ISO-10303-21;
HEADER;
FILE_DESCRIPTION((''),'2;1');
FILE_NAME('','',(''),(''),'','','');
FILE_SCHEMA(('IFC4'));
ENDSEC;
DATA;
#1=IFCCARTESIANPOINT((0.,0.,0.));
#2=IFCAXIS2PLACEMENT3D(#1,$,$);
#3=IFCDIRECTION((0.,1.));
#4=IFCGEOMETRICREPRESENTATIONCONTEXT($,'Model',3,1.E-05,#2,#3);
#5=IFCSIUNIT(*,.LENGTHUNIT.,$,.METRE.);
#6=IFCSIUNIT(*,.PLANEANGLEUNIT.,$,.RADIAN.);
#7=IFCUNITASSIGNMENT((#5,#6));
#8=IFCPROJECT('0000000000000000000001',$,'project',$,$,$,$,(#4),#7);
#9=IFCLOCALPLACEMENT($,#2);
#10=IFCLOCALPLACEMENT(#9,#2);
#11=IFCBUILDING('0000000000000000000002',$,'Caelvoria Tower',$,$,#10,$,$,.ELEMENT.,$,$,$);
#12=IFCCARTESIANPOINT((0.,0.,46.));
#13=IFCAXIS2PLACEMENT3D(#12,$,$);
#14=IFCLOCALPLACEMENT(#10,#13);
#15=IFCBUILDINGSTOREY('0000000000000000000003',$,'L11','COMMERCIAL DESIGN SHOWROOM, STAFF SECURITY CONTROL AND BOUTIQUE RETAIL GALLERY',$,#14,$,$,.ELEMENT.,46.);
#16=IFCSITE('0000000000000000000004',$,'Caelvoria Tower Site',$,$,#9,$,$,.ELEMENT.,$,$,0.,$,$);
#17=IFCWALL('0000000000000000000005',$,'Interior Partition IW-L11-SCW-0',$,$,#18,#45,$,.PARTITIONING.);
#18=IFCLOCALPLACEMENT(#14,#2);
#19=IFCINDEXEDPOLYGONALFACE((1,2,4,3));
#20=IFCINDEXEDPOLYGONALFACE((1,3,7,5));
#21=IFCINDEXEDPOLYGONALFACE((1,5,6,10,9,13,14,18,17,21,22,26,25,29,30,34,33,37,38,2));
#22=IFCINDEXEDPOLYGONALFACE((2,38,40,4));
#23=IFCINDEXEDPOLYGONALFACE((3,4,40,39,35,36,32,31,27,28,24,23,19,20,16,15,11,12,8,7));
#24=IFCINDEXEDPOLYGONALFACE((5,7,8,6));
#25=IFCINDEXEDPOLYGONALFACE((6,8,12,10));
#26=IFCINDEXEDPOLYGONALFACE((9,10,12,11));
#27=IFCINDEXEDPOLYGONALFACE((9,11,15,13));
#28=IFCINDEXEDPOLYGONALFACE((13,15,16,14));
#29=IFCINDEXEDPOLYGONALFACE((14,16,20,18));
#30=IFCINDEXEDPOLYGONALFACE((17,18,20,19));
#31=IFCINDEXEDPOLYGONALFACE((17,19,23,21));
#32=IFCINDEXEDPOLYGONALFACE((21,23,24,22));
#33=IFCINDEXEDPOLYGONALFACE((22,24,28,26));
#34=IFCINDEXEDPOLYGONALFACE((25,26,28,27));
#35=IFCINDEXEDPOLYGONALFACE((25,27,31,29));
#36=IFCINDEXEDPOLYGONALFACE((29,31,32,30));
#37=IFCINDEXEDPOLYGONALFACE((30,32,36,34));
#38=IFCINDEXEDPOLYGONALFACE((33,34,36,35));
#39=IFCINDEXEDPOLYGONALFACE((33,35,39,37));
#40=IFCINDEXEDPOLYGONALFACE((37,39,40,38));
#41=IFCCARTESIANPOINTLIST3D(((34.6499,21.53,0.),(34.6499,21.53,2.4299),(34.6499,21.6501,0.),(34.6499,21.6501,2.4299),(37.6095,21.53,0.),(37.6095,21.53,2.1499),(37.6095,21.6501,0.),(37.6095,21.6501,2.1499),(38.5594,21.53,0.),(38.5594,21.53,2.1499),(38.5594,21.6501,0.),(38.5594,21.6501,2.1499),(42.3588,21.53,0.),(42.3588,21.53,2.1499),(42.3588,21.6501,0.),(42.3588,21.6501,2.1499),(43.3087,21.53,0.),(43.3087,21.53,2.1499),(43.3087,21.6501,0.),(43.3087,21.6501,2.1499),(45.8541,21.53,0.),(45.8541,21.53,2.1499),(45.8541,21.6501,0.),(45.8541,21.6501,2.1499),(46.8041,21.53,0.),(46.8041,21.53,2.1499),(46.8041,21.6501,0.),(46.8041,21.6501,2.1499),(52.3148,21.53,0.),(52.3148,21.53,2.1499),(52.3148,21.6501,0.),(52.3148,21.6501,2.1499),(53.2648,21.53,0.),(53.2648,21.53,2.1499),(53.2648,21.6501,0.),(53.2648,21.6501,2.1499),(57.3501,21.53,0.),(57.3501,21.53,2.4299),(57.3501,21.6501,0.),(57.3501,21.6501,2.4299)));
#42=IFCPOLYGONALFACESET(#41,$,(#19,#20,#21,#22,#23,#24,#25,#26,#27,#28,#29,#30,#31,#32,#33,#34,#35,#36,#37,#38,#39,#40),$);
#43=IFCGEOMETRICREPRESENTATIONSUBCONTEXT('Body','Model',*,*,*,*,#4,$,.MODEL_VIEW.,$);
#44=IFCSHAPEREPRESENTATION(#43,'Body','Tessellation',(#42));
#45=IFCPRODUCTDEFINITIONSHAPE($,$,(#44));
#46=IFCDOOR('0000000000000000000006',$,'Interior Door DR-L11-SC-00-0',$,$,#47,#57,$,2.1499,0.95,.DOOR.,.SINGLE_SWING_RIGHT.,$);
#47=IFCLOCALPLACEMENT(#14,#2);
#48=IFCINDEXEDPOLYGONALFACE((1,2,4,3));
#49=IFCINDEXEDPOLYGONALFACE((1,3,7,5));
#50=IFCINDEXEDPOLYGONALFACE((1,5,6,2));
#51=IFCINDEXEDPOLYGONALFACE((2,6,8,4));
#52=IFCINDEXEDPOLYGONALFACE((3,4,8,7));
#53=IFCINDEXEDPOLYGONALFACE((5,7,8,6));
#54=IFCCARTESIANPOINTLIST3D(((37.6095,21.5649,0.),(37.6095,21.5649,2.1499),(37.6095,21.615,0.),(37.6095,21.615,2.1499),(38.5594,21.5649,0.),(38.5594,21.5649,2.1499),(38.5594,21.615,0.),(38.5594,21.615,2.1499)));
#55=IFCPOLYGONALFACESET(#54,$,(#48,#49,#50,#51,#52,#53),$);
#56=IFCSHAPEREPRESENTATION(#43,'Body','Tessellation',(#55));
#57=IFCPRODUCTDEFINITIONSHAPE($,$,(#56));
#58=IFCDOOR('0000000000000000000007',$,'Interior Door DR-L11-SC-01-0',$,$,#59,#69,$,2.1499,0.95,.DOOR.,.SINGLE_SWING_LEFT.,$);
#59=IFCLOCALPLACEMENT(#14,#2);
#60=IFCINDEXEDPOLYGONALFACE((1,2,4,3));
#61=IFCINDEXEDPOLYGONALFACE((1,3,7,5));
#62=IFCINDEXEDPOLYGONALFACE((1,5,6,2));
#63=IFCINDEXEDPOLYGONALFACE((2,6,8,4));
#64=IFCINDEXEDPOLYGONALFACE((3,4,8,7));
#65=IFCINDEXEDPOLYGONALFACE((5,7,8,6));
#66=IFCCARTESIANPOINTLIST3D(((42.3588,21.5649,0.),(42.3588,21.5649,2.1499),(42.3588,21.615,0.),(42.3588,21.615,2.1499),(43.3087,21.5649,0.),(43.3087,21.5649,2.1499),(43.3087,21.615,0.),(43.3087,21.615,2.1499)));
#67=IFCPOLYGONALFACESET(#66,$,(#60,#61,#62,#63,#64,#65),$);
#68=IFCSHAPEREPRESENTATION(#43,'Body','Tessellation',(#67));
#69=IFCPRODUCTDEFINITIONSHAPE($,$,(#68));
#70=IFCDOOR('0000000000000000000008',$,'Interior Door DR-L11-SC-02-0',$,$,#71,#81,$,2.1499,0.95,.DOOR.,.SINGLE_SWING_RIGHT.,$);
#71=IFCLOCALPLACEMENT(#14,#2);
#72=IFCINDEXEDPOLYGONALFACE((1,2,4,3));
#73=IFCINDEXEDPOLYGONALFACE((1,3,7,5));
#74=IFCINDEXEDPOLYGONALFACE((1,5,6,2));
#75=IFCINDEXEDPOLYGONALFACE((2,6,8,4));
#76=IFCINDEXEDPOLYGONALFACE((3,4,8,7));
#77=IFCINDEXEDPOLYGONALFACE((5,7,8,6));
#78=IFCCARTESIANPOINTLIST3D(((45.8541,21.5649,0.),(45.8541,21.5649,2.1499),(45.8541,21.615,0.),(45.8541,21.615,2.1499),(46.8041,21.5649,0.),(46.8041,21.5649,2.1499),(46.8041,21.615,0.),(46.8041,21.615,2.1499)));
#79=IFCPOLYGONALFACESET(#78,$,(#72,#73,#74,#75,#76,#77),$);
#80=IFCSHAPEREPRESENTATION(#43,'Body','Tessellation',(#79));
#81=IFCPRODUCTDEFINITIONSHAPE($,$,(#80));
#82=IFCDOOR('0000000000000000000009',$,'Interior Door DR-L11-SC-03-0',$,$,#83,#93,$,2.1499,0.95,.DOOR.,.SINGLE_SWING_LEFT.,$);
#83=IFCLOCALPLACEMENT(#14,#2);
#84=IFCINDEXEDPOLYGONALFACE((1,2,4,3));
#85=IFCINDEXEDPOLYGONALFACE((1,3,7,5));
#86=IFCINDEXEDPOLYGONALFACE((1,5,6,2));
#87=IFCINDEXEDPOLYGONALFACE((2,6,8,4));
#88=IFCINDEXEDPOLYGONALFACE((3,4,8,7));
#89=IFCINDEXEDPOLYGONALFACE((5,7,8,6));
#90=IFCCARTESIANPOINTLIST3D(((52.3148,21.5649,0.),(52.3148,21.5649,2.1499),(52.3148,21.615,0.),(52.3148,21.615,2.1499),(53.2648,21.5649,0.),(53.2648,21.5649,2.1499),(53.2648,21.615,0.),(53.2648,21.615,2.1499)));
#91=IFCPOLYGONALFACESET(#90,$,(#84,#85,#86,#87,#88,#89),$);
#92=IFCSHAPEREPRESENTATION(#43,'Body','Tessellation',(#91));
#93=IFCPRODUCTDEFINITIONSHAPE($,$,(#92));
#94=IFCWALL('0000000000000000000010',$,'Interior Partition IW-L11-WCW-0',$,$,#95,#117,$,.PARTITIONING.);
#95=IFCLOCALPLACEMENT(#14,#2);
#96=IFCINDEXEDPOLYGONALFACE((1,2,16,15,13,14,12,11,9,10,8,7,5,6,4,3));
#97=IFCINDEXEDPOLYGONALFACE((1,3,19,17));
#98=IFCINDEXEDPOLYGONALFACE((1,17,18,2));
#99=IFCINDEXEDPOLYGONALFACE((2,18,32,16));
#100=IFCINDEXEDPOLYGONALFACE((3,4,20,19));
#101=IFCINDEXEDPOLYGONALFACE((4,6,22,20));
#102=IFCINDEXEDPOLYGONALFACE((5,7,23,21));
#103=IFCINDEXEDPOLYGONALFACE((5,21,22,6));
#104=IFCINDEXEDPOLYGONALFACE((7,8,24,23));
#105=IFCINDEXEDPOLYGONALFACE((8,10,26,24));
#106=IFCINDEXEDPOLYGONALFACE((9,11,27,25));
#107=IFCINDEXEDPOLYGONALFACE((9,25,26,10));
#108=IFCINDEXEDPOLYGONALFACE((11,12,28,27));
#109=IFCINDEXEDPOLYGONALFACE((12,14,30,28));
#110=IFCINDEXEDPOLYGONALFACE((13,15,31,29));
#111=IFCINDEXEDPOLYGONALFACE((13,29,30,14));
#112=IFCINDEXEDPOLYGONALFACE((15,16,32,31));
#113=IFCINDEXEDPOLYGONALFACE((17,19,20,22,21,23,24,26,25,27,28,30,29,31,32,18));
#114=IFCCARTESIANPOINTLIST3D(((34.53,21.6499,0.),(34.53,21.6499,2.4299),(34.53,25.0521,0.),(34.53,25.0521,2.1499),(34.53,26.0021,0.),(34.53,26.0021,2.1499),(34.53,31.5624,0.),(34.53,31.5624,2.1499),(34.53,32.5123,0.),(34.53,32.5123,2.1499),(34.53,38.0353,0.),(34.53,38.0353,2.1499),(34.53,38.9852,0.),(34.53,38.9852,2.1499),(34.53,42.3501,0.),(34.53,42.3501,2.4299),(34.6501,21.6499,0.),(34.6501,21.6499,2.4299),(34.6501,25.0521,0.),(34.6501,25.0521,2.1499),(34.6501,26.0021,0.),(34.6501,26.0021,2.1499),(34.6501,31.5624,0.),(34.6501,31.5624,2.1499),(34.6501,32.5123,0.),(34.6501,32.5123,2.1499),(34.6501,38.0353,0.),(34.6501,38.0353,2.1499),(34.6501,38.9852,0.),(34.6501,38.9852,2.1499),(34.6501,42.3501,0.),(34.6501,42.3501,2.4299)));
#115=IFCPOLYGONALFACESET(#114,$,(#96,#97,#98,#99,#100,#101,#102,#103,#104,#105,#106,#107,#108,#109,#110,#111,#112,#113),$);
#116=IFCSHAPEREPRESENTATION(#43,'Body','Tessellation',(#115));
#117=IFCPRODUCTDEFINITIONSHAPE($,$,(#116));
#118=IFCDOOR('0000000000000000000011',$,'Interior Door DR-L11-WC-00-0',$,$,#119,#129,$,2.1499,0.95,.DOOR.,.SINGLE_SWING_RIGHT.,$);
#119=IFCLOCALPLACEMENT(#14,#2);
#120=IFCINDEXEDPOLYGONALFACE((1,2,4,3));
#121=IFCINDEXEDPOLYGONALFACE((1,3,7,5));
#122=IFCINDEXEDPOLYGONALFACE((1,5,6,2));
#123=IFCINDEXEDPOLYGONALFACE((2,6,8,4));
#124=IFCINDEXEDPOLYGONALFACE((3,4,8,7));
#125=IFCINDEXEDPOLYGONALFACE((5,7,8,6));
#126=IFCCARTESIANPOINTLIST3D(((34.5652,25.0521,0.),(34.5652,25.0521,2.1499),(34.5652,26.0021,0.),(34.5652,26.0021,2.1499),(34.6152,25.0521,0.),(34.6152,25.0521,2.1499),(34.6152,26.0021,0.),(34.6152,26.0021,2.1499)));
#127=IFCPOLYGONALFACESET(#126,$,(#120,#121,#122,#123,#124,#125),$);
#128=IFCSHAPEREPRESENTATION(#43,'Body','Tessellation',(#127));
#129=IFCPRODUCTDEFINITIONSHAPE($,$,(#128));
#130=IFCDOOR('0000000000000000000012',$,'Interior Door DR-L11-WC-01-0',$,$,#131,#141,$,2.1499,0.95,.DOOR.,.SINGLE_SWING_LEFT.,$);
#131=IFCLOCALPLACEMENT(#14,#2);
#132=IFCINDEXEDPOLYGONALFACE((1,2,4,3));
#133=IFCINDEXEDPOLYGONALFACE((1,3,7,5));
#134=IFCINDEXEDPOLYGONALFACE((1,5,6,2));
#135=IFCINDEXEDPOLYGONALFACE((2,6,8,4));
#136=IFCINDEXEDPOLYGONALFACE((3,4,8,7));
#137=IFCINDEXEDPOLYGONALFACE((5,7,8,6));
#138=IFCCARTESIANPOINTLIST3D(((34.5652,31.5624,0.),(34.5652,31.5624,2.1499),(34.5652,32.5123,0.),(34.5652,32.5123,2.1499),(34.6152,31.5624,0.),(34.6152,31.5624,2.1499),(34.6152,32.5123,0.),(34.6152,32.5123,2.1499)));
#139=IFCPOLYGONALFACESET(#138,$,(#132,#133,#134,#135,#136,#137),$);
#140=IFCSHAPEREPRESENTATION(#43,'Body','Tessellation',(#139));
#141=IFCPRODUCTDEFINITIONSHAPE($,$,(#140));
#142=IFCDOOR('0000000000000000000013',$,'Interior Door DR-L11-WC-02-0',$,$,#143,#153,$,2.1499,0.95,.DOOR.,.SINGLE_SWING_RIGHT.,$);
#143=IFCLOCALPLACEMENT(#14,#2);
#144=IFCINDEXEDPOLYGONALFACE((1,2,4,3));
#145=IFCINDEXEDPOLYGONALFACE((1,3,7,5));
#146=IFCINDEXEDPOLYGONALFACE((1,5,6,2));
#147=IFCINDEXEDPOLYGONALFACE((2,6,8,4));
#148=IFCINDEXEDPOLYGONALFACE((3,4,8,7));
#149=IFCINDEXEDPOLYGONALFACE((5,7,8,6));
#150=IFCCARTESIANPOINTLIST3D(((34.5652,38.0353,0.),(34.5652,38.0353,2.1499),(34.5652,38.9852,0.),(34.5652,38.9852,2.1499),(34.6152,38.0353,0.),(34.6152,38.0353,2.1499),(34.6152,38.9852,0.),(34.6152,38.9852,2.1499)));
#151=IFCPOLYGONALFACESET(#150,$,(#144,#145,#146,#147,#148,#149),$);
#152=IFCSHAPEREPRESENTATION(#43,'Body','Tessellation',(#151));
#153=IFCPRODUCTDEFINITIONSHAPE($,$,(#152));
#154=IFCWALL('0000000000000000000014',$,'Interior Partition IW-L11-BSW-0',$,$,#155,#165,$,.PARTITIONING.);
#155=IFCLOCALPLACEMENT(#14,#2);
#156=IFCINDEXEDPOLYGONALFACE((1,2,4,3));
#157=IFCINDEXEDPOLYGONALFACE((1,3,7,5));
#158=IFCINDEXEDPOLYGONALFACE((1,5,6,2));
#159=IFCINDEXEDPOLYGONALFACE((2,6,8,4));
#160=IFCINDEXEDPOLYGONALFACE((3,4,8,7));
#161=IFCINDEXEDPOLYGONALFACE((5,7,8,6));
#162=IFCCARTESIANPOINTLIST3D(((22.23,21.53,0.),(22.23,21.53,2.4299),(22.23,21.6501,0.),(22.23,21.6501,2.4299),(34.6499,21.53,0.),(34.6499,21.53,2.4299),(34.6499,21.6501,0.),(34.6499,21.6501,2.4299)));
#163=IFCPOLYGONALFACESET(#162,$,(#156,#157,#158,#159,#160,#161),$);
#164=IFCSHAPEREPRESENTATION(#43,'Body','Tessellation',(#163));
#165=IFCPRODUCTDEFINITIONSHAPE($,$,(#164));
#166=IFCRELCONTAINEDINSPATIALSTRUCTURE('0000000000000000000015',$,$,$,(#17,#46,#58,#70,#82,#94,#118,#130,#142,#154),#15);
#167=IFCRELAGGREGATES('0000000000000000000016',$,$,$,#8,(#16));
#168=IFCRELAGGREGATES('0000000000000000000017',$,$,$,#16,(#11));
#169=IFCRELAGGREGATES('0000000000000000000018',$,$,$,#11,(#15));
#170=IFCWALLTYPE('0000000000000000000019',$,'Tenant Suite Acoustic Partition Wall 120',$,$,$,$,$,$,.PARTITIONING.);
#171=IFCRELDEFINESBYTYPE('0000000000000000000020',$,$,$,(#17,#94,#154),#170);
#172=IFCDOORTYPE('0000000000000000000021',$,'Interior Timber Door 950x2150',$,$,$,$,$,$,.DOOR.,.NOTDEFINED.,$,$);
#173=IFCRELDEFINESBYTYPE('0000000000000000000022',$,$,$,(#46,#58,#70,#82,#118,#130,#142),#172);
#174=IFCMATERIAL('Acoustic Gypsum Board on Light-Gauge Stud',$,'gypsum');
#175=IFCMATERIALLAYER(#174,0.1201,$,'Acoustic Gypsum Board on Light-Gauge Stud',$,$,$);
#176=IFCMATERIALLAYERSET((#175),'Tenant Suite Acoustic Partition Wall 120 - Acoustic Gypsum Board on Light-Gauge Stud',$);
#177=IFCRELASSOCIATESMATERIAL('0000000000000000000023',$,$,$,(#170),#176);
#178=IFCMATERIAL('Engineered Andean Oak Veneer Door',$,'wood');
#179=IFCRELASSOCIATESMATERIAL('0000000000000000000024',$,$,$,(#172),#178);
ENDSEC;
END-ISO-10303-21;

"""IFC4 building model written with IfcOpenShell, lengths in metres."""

from ifc_helpers import new_model, si_unit, direction, frame, frame_2d, origin, place, context, subcontext, project, spatial, rectangle, extrude, material, layer, layer_set, type_object, element, fill, save


model = new_model("IFC4")

# Units and contexts
model_context = context("Model", 3, precision=1e-05, world=origin(), true_north=direction((0.0, 1.0)))
body_context = subcontext(model_context, "Body", "Model", "MODEL_VIEW")
ifc_project = project(units=[si_unit("LENGTHUNIT", "METRE"), si_unit("PLANEANGLEUNIT", "RADIAN")], contexts=[model_context])

# Site, building, storey
site_placement = place(None, origin())
site = spatial("IfcSite", under=ifc_project, at=site_placement, Name="Caelvoria Tower Site", CompositionType="ELEMENT", RefElevation=0.0)
building_placement = place(site_placement, origin())
building = spatial("IfcBuilding", under=site, at=building_placement, Name="Caelvoria Tower", CompositionType="ELEMENT")
storey_placement = place(building_placement, frame((0.0, 0.0, 46.0)))
storey = spatial("IfcBuildingStorey", under=building, at=storey_placement, Name="L11", Description="COMMERCIAL DESIGN SHOWROOM, STAFF SECURITY CONTROL AND BOUTIQUE RETAIL GALLERY", CompositionType="ELEMENT", Elevation=46.0)

# Shared definitions
ifc_material_1 = material(Name="Acoustic Gypsum Board on Light-Gauge Stud", Category="gypsum")
ifc_layer_1 = layer(ifc_material_1, 0.1201, Name="Acoustic Gypsum Board on Light-Gauge Stud")
ifc_layer_set_1 = layer_set([ifc_layer_1], Name="Tenant Suite Acoustic Partition Wall 120 - Acoustic Gypsum Board on Light-Gauge Stud")
wall_type_1 = type_object("IfcWallType", Name="Tenant Suite Acoustic Partition Wall 120", PredefinedType="PARTITIONING", material=ifc_layer_set_1)
ifc_material_2 = material(Name="Engineered Andean Oak Veneer Door", Category="wood")

# Walls, openings, doors
wall_1_placement = place(storey_placement, frame((34.6499, 21.5901, 0.0), z_axis=(0.0, 0.0, 1.0), x_axis=(1.0, 0.0, 0.0)))
wall_1 = element("IfcWall", 1, at=wall_1_placement, inside=storey, type_object=wall_type_1, Name="Interior Partition IW-L11-SCW-0", PredefinedType="PARTITIONING", context=body_context, shape_type="SweptSolid", body=[
    extrude(rectangle(XDim=22.7002, YDim=0.1201, at=frame_2d((11.3501, 0.0))), origin(), (0.0, 0.0, 1.0), 2.4299),
])
opening_1_placement = place(wall_1_placement, frame((2.9595, 0.0, 0.0)))
opening_1 = element("IfcOpeningElement", 2, at=opening_1_placement, cuts=wall_1, PredefinedType="OPENING", context=body_context, shape_type="SweptSolid", body=[
    extrude(rectangle(XDim=0.95, YDim=2.1499, at=frame_2d((0.4751, 1.075))), frame((0.0, 0.0701, 0.0), z_axis=(0.0, -1.0, 0.0), x_axis=(1.0, 0.0, 0.0)), (0.0, 0.0, 1.0), 0.1401),
])
opening_2_placement = place(wall_1_placement, frame((7.7087, 0.0, 0.0)))
opening_2 = element("IfcOpeningElement", 3, at=opening_2_placement, cuts=wall_1, PredefinedType="OPENING", context=body_context, shape_type="SweptSolid", body=[
    extrude(rectangle(XDim=0.95, YDim=2.1499, at=frame_2d((0.4751, 1.075))), frame((0.0, 0.0701, 0.0), z_axis=(0.0, -1.0, 0.0), x_axis=(1.0, 0.0, 0.0)), (0.0, 0.0, 1.0), 0.1401),
])
opening_3_placement = place(wall_1_placement, frame((11.2041, 0.0, 0.0)))
opening_3 = element("IfcOpeningElement", 4, at=opening_3_placement, cuts=wall_1, PredefinedType="OPENING", context=body_context, shape_type="SweptSolid", body=[
    extrude(rectangle(XDim=0.95, YDim=2.1499, at=frame_2d((0.4751, 1.075))), frame((0.0, 0.0701, 0.0), z_axis=(0.0, -1.0, 0.0), x_axis=(1.0, 0.0, 0.0)), (0.0, 0.0, 1.0), 0.1401),
])
opening_4_placement = place(wall_1_placement, frame((17.6648, 0.0, 0.0)))
opening_4 = element("IfcOpeningElement", 5, at=opening_4_placement, cuts=wall_1, PredefinedType="OPENING", context=body_context, shape_type="SweptSolid", body=[
    extrude(rectangle(XDim=0.95, YDim=2.1499, at=frame_2d((0.4751, 1.075))), frame((0.0, 0.0701, 0.0), z_axis=(0.0, -1.0, 0.0), x_axis=(1.0, 0.0, 0.0)), (0.0, 0.0, 1.0), 0.1401),
])
door_type_1 = type_object("IfcDoorType", Name="Interior Timber Door 950x2150", OperationType="NOTDEFINED", PredefinedType="DOOR", material=ifc_material_2)
door_1_placement = place(opening_1_placement, origin())
door_1 = element("IfcDoor", 6, at=door_1_placement, inside=storey, type_object=door_type_1, Name="Interior Door DR-L11-SC-00-0", OperationType="SINGLE_SWING_RIGHT", OverallHeight=2.1499, OverallWidth=0.95, PredefinedType="DOOR", context=body_context, shape_type="SweptSolid", body=[
    extrude(rectangle(XDim=0.95, YDim=2.1499, at=frame_2d((0.4751, 1.075))), frame((0.0, 0.0249, 0.0), z_axis=(0.0, -1.0, 0.0), x_axis=(1.0, 0.0, 0.0)), (0.0, 0.0, 1.0), 0.05),
])
fill(opening_1, door_1)
door_2_placement = place(opening_2_placement, origin())
door_2 = element("IfcDoor", 7, at=door_2_placement, inside=storey, type_object=door_type_1, Name="Interior Door DR-L11-SC-01-0", OperationType="SINGLE_SWING_LEFT", OverallHeight=2.1499, OverallWidth=0.95, PredefinedType="DOOR", context=body_context, shape_type="SweptSolid", body=[
    extrude(rectangle(XDim=0.95, YDim=2.1499, at=frame_2d((0.4751, 1.075))), frame((0.0, 0.0249, 0.0), z_axis=(0.0, -1.0, 0.0), x_axis=(1.0, 0.0, 0.0)), (0.0, 0.0, 1.0), 0.05),
])
fill(opening_2, door_2)
door_3_placement = place(opening_3_placement, origin())
door_3 = element("IfcDoor", 8, at=door_3_placement, inside=storey, type_object=door_type_1, Name="Interior Door DR-L11-SC-02-0", OperationType="SINGLE_SWING_RIGHT", OverallHeight=2.1499, OverallWidth=0.95, PredefinedType="DOOR", context=body_context, shape_type="SweptSolid", body=[
    extrude(rectangle(XDim=0.95, YDim=2.1499, at=frame_2d((0.4751, 1.075))), frame((0.0, 0.0249, 0.0), z_axis=(0.0, -1.0, 0.0), x_axis=(1.0, 0.0, 0.0)), (0.0, 0.0, 1.0), 0.05),
])
fill(opening_3, door_3)
door_4_placement = place(opening_4_placement, origin())
door_4 = element("IfcDoor", 9, at=door_4_placement, inside=storey, type_object=door_type_1, Name="Interior Door DR-L11-SC-03-0", OperationType="SINGLE_SWING_LEFT", OverallHeight=2.1499, OverallWidth=0.95, PredefinedType="DOOR", context=body_context, shape_type="SweptSolid", body=[
    extrude(rectangle(XDim=0.95, YDim=2.1499, at=frame_2d((0.4751, 1.075))), frame((0.0, 0.0249, 0.0), z_axis=(0.0, -1.0, 0.0), x_axis=(1.0, 0.0, 0.0)), (0.0, 0.0, 1.0), 0.05),
])
fill(opening_4, door_4)
wall_2_placement = place(storey_placement, frame((34.5901, 21.6499, 0.0), z_axis=(0.0, 0.0, 1.0), x_axis=(0.0, 1.0, 0.0)))
wall_2 = element("IfcWall", 10, at=wall_2_placement, inside=storey, type_object=wall_type_1, Name="Interior Partition IW-L11-WCW-0", PredefinedType="PARTITIONING", context=body_context, shape_type="SweptSolid", body=[
    extrude(rectangle(XDim=20.7002, YDim=0.1201, at=frame_2d((10.3501, 0.0))), origin(), (0.0, 0.0, 1.0), 2.4299),
])
opening_5_placement = place(wall_2_placement, frame((3.4021, 0.0, 0.0)))
opening_5 = element("IfcOpeningElement", 11, at=opening_5_placement, cuts=wall_2, PredefinedType="OPENING", context=body_context, shape_type="SweptSolid", body=[
    extrude(rectangle(XDim=0.95, YDim=2.1499, at=frame_2d((0.4751, 1.075))), frame((0.0, 0.0701, 0.0), z_axis=(0.0, -1.0, 0.0), x_axis=(1.0, 0.0, 0.0)), (0.0, 0.0, 1.0), 0.1401),
])
opening_6_placement = place(wall_2_placement, frame((9.9124, 0.0, 0.0)))
opening_6 = element("IfcOpeningElement", 12, at=opening_6_placement, cuts=wall_2, PredefinedType="OPENING", context=body_context, shape_type="SweptSolid", body=[
    extrude(rectangle(XDim=0.95, YDim=2.1499, at=frame_2d((0.4751, 1.075))), frame((0.0, 0.0701, 0.0), z_axis=(0.0, -1.0, 0.0), x_axis=(1.0, 0.0, 0.0)), (0.0, 0.0, 1.0), 0.1401),
])
opening_7_placement = place(wall_2_placement, frame((16.3853, 0.0, 0.0)))
opening_7 = element("IfcOpeningElement", 13, at=opening_7_placement, cuts=wall_2, PredefinedType="OPENING", context=body_context, shape_type="SweptSolid", body=[
    extrude(rectangle(XDim=0.95, YDim=2.1499, at=frame_2d((0.4751, 1.075))), frame((0.0, 0.0701, 0.0), z_axis=(0.0, -1.0, 0.0), x_axis=(1.0, 0.0, 0.0)), (0.0, 0.0, 1.0), 0.1401),
])
door_5_placement = place(opening_5_placement, origin())
door_5 = element("IfcDoor", 14, at=door_5_placement, inside=storey, type_object=door_type_1, Name="Interior Door DR-L11-WC-00-0", OperationType="SINGLE_SWING_RIGHT", OverallHeight=2.1499, OverallWidth=0.95, PredefinedType="DOOR", context=body_context, shape_type="SweptSolid", body=[
    extrude(rectangle(XDim=0.95, YDim=2.1499, at=frame_2d((0.4751, 1.075))), frame((0.0, 0.0249, 0.0), z_axis=(0.0, -1.0, 0.0), x_axis=(1.0, 0.0, 0.0)), (0.0, 0.0, 1.0), 0.05),
])
fill(opening_5, door_5)
door_6_placement = place(opening_6_placement, origin())
door_6 = element("IfcDoor", 15, at=door_6_placement, inside=storey, type_object=door_type_1, Name="Interior Door DR-L11-WC-01-0", OperationType="SINGLE_SWING_LEFT", OverallHeight=2.1499, OverallWidth=0.95, PredefinedType="DOOR", context=body_context, shape_type="SweptSolid", body=[
    extrude(rectangle(XDim=0.95, YDim=2.1499, at=frame_2d((0.4751, 1.075))), frame((0.0, 0.0249, 0.0), z_axis=(0.0, -1.0, 0.0), x_axis=(1.0, 0.0, 0.0)), (0.0, 0.0, 1.0), 0.05),
])
fill(opening_6, door_6)
door_7_placement = place(opening_7_placement, origin())
door_7 = element("IfcDoor", 16, at=door_7_placement, inside=storey, type_object=door_type_1, Name="Interior Door DR-L11-WC-02-0", OperationType="SINGLE_SWING_RIGHT", OverallHeight=2.1499, OverallWidth=0.95, PredefinedType="DOOR", context=body_context, shape_type="SweptSolid", body=[
    extrude(rectangle(XDim=0.95, YDim=2.1499, at=frame_2d((0.4751, 1.075))), frame((0.0, 0.0249, 0.0), z_axis=(0.0, -1.0, 0.0), x_axis=(1.0, 0.0, 0.0)), (0.0, 0.0, 1.0), 0.05),
])
fill(opening_7, door_7)

# Wall
wall_3_placement = place(storey_placement, frame((34.6499, 21.5901, 0.0), z_axis=(0.0, 0.0, 1.0), x_axis=(-1.0, 0.0, 0.0)))
element("IfcWall", 17, at=wall_3_placement, inside=storey, type_object=wall_type_1, Name="Interior Partition IW-L11-BSW-0", PredefinedType="PARTITIONING", context=body_context, shape_type="SweptSolid", body=[
    extrude(rectangle(XDim=12.4199, YDim=0.1201, at=frame_2d((6.21, 0.0))), origin(), (0.0, 0.0, 1.0), 2.4299),
])

save(model, "model.ifc")
